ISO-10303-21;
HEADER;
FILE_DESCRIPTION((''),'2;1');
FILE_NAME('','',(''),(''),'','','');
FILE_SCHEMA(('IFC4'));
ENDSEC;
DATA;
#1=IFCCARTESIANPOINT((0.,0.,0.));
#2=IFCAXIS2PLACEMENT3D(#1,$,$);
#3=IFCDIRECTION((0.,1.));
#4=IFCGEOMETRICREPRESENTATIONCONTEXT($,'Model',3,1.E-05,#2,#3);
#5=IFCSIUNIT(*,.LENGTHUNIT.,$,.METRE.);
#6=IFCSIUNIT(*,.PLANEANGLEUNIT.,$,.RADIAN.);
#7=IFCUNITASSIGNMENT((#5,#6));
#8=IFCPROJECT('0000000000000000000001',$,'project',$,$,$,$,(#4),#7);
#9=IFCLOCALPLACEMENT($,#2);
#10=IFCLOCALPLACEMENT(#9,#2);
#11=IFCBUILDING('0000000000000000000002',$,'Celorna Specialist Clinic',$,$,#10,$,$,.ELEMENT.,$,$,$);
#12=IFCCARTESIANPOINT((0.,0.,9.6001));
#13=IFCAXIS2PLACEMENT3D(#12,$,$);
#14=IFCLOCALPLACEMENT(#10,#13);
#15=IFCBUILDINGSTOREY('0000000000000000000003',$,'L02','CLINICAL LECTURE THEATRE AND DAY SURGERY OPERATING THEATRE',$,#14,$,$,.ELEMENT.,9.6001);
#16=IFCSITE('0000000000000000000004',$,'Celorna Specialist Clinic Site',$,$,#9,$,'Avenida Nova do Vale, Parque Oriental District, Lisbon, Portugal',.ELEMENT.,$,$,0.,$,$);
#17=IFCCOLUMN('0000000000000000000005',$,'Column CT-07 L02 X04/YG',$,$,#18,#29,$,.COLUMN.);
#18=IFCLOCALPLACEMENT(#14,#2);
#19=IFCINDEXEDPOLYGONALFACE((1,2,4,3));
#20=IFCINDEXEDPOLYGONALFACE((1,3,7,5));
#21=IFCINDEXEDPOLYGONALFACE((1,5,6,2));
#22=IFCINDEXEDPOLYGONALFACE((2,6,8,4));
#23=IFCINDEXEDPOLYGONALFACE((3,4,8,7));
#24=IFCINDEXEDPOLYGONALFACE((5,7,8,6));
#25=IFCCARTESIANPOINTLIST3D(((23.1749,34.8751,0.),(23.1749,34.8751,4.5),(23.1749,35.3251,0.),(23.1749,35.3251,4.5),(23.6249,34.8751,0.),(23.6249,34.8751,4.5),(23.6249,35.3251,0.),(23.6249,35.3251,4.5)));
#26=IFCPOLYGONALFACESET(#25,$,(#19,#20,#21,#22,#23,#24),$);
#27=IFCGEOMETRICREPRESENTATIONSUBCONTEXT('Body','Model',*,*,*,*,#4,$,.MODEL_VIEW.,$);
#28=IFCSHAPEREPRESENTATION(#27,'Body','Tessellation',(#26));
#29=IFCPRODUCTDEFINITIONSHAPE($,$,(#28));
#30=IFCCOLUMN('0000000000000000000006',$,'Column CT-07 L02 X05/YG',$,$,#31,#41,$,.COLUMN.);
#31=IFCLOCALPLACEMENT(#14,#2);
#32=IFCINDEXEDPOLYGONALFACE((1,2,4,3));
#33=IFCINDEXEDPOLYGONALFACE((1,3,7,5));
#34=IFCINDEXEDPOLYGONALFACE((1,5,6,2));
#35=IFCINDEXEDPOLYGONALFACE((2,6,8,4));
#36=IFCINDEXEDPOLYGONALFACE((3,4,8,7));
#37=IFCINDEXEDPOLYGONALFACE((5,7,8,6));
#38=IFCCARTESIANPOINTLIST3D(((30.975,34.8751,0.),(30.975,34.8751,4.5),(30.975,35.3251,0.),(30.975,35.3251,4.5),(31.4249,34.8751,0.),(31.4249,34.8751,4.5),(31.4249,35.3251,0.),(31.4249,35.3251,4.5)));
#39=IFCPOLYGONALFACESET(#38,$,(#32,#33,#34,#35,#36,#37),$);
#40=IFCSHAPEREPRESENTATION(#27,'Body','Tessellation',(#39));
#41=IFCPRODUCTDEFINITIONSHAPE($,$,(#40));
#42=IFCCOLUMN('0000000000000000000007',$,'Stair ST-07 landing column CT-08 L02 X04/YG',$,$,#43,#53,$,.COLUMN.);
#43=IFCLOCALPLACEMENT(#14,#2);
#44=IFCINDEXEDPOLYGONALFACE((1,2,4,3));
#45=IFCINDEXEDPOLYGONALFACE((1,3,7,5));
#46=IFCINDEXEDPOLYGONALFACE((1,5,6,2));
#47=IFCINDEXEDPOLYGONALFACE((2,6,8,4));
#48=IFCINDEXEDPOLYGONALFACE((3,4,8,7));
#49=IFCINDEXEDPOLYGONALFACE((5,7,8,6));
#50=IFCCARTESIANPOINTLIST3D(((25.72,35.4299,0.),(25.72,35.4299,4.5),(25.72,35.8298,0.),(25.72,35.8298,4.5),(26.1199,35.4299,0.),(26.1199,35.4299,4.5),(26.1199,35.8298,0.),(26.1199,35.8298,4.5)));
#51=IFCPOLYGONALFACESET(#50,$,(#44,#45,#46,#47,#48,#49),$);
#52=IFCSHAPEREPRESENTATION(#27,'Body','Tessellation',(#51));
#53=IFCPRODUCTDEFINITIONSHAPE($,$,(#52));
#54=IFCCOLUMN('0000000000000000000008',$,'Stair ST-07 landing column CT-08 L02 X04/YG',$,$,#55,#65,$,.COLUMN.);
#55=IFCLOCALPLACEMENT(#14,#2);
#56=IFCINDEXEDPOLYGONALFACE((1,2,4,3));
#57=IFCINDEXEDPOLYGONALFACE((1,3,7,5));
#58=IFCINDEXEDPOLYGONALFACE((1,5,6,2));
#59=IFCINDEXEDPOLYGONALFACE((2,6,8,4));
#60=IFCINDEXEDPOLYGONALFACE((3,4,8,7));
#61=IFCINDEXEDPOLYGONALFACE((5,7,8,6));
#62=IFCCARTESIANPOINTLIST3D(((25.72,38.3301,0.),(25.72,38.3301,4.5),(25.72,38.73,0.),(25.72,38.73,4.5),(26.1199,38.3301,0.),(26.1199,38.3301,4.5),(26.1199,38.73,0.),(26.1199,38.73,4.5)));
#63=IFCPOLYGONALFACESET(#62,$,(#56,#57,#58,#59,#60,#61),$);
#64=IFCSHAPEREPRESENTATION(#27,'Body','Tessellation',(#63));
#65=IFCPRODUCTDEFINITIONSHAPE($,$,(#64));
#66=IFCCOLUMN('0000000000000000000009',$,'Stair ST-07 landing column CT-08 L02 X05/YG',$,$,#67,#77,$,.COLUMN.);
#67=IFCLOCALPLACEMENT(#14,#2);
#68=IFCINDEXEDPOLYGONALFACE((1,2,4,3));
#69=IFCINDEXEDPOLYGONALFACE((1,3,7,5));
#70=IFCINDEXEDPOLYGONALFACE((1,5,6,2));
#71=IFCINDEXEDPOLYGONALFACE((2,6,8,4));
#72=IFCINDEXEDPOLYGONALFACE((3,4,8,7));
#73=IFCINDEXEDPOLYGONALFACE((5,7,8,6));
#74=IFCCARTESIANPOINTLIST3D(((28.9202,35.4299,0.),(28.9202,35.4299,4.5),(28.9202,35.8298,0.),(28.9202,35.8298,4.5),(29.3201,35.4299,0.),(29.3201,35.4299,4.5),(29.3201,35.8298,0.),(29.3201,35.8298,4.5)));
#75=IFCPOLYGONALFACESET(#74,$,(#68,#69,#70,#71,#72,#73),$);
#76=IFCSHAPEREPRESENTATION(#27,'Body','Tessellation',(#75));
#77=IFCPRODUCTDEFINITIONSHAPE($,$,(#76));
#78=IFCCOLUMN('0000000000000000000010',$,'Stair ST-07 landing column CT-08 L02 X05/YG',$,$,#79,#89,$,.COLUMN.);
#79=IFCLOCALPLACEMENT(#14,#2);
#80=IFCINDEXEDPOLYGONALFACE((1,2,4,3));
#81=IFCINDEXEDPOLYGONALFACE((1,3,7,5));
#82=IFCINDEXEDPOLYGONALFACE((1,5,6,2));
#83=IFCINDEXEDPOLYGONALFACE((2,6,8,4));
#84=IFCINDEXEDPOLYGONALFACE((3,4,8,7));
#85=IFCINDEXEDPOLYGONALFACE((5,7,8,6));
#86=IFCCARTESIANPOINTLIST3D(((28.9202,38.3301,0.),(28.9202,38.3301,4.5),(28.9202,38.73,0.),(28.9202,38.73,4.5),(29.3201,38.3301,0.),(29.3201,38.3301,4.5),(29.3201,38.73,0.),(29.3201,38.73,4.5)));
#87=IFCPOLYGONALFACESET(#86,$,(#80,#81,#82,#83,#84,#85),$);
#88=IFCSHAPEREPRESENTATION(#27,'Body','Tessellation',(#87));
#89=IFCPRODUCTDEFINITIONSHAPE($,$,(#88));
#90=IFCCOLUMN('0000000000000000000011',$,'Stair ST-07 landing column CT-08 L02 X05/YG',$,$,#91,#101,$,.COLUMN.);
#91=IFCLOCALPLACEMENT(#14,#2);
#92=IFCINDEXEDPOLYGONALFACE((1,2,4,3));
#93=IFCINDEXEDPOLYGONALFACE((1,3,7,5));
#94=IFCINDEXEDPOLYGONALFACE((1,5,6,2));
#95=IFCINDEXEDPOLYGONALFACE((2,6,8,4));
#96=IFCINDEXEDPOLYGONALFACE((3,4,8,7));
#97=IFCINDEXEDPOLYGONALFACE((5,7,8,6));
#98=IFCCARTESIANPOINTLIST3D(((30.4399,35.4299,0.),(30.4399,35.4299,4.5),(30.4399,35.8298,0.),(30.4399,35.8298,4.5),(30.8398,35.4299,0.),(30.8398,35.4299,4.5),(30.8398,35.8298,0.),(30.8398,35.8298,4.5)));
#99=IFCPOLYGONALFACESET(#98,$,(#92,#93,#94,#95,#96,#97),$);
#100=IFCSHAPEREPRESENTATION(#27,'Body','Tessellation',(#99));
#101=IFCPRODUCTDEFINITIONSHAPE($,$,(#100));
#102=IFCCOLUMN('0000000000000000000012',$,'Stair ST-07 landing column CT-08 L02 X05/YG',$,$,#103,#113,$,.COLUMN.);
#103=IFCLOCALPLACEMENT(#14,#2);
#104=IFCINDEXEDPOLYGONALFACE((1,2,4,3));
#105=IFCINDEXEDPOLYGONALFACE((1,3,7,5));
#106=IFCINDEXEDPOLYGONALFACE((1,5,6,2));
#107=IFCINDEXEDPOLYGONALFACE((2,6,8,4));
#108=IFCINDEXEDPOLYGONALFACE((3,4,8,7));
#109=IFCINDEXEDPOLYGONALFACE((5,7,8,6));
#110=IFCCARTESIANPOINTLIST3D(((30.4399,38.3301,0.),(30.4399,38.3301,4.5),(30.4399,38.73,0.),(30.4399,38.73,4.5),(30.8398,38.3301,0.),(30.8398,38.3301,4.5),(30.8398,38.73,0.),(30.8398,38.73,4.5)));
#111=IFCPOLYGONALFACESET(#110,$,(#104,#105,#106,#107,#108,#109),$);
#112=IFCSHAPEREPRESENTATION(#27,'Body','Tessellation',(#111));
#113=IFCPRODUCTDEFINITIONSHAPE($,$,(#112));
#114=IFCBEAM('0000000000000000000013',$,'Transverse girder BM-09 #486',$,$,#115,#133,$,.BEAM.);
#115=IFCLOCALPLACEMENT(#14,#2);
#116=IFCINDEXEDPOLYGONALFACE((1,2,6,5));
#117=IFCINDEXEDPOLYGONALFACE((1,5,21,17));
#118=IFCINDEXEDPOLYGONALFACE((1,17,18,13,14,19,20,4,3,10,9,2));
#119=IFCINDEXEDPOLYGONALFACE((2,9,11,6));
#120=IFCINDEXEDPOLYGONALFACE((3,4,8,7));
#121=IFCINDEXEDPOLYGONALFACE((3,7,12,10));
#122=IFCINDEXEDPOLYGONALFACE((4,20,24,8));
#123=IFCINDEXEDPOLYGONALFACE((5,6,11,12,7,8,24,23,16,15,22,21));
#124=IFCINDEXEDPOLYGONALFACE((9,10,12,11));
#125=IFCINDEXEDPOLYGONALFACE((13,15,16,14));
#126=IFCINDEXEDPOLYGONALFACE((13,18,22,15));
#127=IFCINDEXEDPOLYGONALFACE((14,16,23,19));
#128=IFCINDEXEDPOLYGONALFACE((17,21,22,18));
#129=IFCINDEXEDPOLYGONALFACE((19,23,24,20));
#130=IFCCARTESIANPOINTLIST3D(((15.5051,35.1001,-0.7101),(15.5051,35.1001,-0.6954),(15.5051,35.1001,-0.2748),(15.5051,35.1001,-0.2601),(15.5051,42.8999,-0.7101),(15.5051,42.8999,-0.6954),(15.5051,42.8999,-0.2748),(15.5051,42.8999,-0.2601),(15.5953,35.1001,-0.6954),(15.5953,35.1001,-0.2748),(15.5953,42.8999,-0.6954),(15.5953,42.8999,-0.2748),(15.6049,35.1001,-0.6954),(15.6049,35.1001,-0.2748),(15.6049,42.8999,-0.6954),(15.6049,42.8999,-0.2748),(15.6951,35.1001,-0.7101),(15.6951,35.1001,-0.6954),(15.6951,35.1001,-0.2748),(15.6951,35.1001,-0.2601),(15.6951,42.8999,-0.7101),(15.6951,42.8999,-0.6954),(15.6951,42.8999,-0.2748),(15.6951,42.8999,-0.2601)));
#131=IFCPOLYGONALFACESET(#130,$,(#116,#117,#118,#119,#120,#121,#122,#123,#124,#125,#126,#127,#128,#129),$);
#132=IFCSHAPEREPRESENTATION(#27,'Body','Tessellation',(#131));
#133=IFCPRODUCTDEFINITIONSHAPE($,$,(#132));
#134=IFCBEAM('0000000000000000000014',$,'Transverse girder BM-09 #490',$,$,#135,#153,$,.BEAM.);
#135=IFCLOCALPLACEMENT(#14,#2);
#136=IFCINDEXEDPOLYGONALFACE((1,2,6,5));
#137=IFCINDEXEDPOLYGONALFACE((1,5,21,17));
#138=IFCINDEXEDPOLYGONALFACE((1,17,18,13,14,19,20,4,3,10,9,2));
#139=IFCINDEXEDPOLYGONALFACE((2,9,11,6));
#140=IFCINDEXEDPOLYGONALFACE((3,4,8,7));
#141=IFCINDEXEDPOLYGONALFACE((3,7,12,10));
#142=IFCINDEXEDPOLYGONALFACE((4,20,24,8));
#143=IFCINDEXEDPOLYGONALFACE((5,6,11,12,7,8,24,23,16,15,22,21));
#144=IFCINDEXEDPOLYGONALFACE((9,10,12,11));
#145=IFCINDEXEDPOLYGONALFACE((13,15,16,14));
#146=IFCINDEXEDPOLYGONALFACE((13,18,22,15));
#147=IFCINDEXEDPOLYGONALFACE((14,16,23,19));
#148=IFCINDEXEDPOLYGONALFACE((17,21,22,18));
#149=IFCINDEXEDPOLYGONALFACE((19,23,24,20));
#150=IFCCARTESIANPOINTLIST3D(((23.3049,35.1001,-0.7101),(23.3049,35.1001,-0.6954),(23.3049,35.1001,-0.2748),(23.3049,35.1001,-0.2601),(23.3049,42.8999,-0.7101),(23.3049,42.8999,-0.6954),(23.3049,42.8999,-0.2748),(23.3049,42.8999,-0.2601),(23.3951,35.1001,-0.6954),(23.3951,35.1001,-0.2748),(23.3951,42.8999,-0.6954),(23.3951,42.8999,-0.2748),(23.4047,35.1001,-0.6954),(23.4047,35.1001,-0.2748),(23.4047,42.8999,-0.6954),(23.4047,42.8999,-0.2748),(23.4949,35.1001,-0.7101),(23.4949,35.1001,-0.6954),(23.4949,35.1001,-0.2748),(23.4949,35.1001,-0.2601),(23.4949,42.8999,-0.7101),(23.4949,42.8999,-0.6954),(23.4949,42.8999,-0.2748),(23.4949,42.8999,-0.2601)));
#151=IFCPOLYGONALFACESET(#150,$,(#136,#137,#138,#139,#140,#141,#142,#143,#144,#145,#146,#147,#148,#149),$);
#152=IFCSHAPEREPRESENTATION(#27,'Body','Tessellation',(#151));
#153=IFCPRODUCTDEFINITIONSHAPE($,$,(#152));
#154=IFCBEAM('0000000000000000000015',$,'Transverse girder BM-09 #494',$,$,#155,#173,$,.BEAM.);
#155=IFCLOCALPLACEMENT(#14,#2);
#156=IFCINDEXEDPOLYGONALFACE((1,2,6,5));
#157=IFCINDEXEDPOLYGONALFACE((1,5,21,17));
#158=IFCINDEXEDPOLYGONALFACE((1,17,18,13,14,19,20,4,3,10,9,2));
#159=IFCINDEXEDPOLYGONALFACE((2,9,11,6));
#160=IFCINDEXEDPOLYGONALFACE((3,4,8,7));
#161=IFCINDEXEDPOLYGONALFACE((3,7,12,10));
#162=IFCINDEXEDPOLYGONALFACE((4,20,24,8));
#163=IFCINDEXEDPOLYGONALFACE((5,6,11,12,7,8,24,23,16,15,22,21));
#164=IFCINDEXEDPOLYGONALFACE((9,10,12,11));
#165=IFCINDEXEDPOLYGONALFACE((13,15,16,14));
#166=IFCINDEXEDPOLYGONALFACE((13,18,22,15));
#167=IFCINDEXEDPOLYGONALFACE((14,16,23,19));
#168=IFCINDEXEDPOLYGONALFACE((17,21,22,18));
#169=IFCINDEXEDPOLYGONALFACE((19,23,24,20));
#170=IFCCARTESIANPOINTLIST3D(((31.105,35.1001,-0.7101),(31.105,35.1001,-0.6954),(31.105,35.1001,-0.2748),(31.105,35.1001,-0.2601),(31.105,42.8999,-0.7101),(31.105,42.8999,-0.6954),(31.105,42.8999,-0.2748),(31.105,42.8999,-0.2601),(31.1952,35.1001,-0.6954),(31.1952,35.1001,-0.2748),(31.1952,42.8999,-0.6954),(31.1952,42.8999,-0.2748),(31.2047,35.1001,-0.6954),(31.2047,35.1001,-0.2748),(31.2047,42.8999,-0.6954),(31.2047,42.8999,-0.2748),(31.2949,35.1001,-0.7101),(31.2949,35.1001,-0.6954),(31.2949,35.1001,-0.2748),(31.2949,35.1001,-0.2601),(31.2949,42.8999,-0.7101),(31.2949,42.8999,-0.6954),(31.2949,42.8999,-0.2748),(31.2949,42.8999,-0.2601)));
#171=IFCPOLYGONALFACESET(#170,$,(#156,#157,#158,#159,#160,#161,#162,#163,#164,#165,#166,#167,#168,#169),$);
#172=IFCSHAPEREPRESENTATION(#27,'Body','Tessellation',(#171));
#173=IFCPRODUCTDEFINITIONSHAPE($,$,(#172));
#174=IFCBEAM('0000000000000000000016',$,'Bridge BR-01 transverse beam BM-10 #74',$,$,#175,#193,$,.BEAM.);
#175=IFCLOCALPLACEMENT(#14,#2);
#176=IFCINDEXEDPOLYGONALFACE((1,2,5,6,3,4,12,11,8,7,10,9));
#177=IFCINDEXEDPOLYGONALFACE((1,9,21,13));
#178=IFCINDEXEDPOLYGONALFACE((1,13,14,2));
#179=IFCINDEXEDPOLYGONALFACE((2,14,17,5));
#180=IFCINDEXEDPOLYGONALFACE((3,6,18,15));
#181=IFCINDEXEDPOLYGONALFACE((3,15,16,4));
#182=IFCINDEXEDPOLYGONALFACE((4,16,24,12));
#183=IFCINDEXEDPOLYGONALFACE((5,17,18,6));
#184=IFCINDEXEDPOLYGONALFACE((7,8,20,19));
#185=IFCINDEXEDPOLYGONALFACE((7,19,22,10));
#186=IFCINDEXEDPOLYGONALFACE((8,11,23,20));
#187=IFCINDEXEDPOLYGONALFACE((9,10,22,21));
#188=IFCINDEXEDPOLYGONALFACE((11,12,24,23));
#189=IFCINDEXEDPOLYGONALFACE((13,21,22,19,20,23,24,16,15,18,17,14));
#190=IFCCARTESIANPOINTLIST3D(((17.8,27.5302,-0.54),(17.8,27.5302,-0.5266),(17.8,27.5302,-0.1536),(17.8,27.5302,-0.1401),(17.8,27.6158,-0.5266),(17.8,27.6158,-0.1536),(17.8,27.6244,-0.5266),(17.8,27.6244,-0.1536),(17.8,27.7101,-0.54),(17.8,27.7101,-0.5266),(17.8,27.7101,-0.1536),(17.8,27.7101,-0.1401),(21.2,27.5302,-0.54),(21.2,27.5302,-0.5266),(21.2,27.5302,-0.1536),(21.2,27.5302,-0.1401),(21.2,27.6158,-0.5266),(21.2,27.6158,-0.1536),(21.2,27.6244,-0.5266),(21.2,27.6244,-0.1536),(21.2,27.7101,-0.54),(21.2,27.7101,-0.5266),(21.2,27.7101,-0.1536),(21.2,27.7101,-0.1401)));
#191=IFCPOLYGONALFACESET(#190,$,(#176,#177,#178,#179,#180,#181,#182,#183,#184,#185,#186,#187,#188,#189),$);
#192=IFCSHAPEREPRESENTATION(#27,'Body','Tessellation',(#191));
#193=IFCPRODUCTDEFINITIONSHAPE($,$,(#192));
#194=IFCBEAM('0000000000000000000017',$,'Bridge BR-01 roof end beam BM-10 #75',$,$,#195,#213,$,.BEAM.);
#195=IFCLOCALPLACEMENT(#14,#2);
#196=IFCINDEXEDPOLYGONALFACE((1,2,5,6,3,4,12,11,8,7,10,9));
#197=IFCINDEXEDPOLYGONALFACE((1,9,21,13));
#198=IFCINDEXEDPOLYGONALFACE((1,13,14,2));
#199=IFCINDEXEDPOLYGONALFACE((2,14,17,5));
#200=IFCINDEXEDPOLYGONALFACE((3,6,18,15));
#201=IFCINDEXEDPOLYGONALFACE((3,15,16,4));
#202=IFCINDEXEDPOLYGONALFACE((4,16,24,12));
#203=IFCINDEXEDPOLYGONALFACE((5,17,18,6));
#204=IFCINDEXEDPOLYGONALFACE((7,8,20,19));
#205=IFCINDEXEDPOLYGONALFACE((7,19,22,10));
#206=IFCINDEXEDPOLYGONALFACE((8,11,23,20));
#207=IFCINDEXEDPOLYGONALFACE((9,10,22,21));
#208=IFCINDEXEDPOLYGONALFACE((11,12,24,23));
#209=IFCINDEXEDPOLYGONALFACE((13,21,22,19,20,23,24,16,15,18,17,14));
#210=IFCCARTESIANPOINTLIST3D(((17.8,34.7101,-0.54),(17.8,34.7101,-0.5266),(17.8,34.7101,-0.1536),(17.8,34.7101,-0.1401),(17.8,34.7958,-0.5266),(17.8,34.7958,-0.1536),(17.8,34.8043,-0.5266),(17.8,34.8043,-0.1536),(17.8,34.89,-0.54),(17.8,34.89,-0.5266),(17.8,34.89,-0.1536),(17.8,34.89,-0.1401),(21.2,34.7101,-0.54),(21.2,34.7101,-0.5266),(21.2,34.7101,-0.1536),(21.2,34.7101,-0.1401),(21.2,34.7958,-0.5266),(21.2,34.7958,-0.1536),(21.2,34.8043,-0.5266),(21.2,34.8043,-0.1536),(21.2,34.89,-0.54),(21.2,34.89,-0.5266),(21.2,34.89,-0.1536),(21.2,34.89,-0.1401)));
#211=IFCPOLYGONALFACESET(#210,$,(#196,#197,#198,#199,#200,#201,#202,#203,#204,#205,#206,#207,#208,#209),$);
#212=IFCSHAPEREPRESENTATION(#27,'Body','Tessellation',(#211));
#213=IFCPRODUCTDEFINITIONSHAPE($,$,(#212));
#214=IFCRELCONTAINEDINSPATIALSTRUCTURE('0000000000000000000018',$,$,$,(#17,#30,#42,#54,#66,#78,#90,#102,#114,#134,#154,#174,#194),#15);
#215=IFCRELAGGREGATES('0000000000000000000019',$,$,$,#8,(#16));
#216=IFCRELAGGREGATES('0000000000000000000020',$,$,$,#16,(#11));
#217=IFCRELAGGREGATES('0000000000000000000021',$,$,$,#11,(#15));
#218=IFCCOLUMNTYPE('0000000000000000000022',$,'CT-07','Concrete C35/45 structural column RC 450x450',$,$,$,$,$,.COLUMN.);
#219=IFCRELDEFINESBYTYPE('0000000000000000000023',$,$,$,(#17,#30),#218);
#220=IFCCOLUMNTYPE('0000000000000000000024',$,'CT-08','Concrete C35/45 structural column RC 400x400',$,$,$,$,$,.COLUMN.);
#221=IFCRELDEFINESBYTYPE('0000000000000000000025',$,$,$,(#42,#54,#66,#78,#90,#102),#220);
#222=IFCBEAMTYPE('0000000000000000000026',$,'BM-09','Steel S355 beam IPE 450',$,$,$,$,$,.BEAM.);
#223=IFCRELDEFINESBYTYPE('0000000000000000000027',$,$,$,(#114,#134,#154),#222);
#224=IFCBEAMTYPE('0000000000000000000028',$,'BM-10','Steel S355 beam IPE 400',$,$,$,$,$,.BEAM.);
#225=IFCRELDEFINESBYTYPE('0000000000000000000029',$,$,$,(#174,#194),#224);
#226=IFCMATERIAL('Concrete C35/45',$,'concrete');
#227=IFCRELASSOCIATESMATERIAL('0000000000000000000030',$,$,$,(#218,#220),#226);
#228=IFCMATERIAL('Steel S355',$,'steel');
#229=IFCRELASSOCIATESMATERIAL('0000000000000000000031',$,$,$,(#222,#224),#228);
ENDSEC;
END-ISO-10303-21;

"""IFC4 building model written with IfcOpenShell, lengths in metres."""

from ifc_helpers import new_model, si_unit, direction, frame, origin, origin_2d, place, context, subcontext, project, spatial, rectangle, i_section, extrude, material, material_profile, profile_set, type_object, element, save


model = new_model("IFC4")

# Units and contexts
model_context = context("Model", 3, precision=1e-05, world=origin(), true_north=direction((0.0, 1.0)))
body_context = subcontext(model_context, "Body", "Model", "MODEL_VIEW")
ifc_project = project(units=[si_unit("LENGTHUNIT", "METRE"), si_unit("PLANEANGLEUNIT", "RADIAN")], contexts=[model_context])

# Site, building, storey
site_placement = place(None, origin())
site = spatial("IfcSite", under=ifc_project, at=site_placement, Name="Celorna Specialist Clinic Site", LongName="Avenida Nova do Vale, Parque Oriental District, Lisbon, Portugal", CompositionType="ELEMENT", RefElevation=0.0)
building_placement = place(site_placement, origin())
building = spatial("IfcBuilding", under=site, at=building_placement, Name="Celorna Specialist Clinic", CompositionType="ELEMENT")
storey_placement = place(building_placement, frame((0.0, 0.0, 9.6001)))
storey = spatial("IfcBuildingStorey", under=building, at=storey_placement, Name="L02", Description="CLINICAL LECTURE THEATRE AND DAY SURGERY OPERATING THEATRE", CompositionType="ELEMENT", Elevation=9.6001)

# Columns
ifc_material_1 = material(Name="Concrete C35/45", Category="concrete")
ifc_material_profile_1 = material_profile(ifc_material_1, rectangle(XDim=0.45, YDim=0.45, at=origin_2d()), Name="RC 450x450")
ifc_profile_set_1 = profile_set([ifc_material_profile_1], Name="Concrete C35/45")
column_type_1 = type_object("IfcColumnType", Name="CT-07", Description="Concrete C35/45 structural column RC 450x450", PredefinedType="COLUMN", material=ifc_profile_set_1)
for number, where, z_axis, x_axis, name in (
    (1, (23.3999, 35.1001, 0.0), (0.0, 0.0, 1.0), (1.0, 0.0, 0.0), "Column CT-07 L02 X04/YG"),
    (2, (31.2, 35.1001, 0.0), (0.0, 0.0, 1.0), (1.0, 0.0, 0.0), "Column CT-07 L02 X05/YG"),
):
    element("IfcColumn", number, at=place(storey_placement, frame(where, z_axis=z_axis, x_axis=x_axis)), inside=storey, type_object=column_type_1, Name=name, PredefinedType="COLUMN", context=body_context, shape_type="SweptSolid", body=[
        extrude(rectangle(XDim=0.45, YDim=0.45, at=origin_2d()), origin(), (0.0, 0.0, 1.0), 4.5),
    ])
ifc_material_profile_2 = material_profile(ifc_material_1, rectangle(XDim=0.3999, YDim=0.3999, at=origin_2d()), Name="RC 400x400")
ifc_profile_set_2 = profile_set([ifc_material_profile_2], Name="Concrete C35/45")
column_type_2 = type_object("IfcColumnType", Name="CT-08", Description="Concrete C35/45 structural column RC 400x400", PredefinedType="COLUMN", material=ifc_profile_set_2)
for number, where, z_axis, x_axis, name in (
    (3, (25.9199, 35.6299, 0.0), (0.0, 0.0, 1.0), (1.0, 0.0, 0.0), "Stair ST-07 landing column CT-08 L02 X04/YG"),
    (4, (25.9199, 38.53, 0.0), (0.0, 0.0, 1.0), (1.0, 0.0, 0.0), "Stair ST-07 landing column CT-08 L02 X04/YG"),
    (5, (29.1201, 35.6299, 0.0), (0.0, 0.0, 1.0), (1.0, 0.0, 0.0), "Stair ST-07 landing column CT-08 L02 X05/YG"),
    (6, (29.1201, 38.53, 0.0), (0.0, 0.0, 1.0), (1.0, 0.0, 0.0), "Stair ST-07 landing column CT-08 L02 X05/YG"),
    (7, (30.6399, 35.6299, 0.0), (0.0, 0.0, 1.0), (1.0, 0.0, 0.0), "Stair ST-07 landing column CT-08 L02 X05/YG"),
    (8, (30.6399, 38.53, 0.0), (0.0, 0.0, 1.0), (1.0, 0.0, 0.0), "Stair ST-07 landing column CT-08 L02 X05/YG"),
):
    element("IfcColumn", number, at=place(storey_placement, frame(where, z_axis=z_axis, x_axis=x_axis)), inside=storey, type_object=column_type_2, Name=name, PredefinedType="COLUMN", context=body_context, shape_type="SweptSolid", body=[
        extrude(rectangle(XDim=0.3999, YDim=0.3999, at=origin_2d()), origin(), (0.0, 0.0, 1.0), 4.5),
    ])

# Beams
ifc_material_2 = material(Name="Steel S355", Category="steel")
ifc_material_profile_3 = material_profile(ifc_material_2, i_section(OverallWidth=0.1899, OverallDepth=0.45, WebThickness=0.0095, FlangeThickness=0.0146, at=origin_2d()), Name="IPE 450")
ifc_profile_set_3 = profile_set([ifc_material_profile_3], Name="Steel S355")
beam_type_1 = type_object("IfcBeamType", Name="BM-09", Description="Steel S355 beam IPE 450", PredefinedType="BEAM", material=ifc_profile_set_3)
for number, where, z_axis, x_axis, name in (
    (9, (15.6001, 35.1001, -0.4851), (0.0, 1.0, 0.0), (-1.0, 0.0, 0.0), "Transverse girder BM-09 #486"),
    (10, (23.3999, 35.1001, -0.4851), (0.0, 1.0, 0.0), (-1.0, 0.0, 0.0), "Transverse girder BM-09 #490"),
    (11, (31.2, 35.1001, -0.4851), (0.0, 1.0, 0.0), (-1.0, 0.0, 0.0), "Transverse girder BM-09 #494"),
):
    element("IfcBeam", number, at=place(storey_placement, frame(where, z_axis=z_axis, x_axis=x_axis)), inside=storey, type_object=beam_type_1, Name=name, PredefinedType="BEAM", context=body_context, shape_type="SweptSolid", body=[
        extrude(i_section(OverallWidth=0.1899, OverallDepth=0.45, WebThickness=0.0095, FlangeThickness=0.0146, at=origin_2d()), origin(), (0.0, 0.0, 1.0), 7.7998),
    ])
ifc_material_profile_4 = material_profile(ifc_material_2, i_section(OverallWidth=0.1799, OverallDepth=0.3999, WebThickness=0.0085, FlangeThickness=0.0134, at=origin_2d()), Name="IPE 400")
ifc_profile_set_4 = profile_set([ifc_material_profile_4], Name="Steel S355")
beam_type_2 = type_object("IfcBeamType", Name="BM-10", Description="Steel S355 beam IPE 400", PredefinedType="BEAM", material=ifc_profile_set_4)
for number, where, z_axis, x_axis, name in (
    (12, (17.8, 27.6201, -0.3401), (1.0, 0.0, 0.0), (0.0, 1.0, 0.0), "Bridge BR-01 transverse beam BM-10 #74"),
    (13, (17.8, 34.8, -0.3401), (1.0, 0.0, 0.0), (0.0, 1.0, 0.0), "Bridge BR-01 roof end beam BM-10 #75"),
):
    element("IfcBeam", number, at=place(storey_placement, frame(where, z_axis=z_axis, x_axis=x_axis)), inside=storey, type_object=beam_type_2, Name=name, PredefinedType="BEAM", context=body_context, shape_type="SweptSolid", body=[
        extrude(i_section(OverallWidth=0.1799, OverallDepth=0.3999, WebThickness=0.0085, FlangeThickness=0.0134, at=origin_2d()), origin(), (0.0, 0.0, 1.0), 3.3999),
    ])

save(model, "model.ifc")
